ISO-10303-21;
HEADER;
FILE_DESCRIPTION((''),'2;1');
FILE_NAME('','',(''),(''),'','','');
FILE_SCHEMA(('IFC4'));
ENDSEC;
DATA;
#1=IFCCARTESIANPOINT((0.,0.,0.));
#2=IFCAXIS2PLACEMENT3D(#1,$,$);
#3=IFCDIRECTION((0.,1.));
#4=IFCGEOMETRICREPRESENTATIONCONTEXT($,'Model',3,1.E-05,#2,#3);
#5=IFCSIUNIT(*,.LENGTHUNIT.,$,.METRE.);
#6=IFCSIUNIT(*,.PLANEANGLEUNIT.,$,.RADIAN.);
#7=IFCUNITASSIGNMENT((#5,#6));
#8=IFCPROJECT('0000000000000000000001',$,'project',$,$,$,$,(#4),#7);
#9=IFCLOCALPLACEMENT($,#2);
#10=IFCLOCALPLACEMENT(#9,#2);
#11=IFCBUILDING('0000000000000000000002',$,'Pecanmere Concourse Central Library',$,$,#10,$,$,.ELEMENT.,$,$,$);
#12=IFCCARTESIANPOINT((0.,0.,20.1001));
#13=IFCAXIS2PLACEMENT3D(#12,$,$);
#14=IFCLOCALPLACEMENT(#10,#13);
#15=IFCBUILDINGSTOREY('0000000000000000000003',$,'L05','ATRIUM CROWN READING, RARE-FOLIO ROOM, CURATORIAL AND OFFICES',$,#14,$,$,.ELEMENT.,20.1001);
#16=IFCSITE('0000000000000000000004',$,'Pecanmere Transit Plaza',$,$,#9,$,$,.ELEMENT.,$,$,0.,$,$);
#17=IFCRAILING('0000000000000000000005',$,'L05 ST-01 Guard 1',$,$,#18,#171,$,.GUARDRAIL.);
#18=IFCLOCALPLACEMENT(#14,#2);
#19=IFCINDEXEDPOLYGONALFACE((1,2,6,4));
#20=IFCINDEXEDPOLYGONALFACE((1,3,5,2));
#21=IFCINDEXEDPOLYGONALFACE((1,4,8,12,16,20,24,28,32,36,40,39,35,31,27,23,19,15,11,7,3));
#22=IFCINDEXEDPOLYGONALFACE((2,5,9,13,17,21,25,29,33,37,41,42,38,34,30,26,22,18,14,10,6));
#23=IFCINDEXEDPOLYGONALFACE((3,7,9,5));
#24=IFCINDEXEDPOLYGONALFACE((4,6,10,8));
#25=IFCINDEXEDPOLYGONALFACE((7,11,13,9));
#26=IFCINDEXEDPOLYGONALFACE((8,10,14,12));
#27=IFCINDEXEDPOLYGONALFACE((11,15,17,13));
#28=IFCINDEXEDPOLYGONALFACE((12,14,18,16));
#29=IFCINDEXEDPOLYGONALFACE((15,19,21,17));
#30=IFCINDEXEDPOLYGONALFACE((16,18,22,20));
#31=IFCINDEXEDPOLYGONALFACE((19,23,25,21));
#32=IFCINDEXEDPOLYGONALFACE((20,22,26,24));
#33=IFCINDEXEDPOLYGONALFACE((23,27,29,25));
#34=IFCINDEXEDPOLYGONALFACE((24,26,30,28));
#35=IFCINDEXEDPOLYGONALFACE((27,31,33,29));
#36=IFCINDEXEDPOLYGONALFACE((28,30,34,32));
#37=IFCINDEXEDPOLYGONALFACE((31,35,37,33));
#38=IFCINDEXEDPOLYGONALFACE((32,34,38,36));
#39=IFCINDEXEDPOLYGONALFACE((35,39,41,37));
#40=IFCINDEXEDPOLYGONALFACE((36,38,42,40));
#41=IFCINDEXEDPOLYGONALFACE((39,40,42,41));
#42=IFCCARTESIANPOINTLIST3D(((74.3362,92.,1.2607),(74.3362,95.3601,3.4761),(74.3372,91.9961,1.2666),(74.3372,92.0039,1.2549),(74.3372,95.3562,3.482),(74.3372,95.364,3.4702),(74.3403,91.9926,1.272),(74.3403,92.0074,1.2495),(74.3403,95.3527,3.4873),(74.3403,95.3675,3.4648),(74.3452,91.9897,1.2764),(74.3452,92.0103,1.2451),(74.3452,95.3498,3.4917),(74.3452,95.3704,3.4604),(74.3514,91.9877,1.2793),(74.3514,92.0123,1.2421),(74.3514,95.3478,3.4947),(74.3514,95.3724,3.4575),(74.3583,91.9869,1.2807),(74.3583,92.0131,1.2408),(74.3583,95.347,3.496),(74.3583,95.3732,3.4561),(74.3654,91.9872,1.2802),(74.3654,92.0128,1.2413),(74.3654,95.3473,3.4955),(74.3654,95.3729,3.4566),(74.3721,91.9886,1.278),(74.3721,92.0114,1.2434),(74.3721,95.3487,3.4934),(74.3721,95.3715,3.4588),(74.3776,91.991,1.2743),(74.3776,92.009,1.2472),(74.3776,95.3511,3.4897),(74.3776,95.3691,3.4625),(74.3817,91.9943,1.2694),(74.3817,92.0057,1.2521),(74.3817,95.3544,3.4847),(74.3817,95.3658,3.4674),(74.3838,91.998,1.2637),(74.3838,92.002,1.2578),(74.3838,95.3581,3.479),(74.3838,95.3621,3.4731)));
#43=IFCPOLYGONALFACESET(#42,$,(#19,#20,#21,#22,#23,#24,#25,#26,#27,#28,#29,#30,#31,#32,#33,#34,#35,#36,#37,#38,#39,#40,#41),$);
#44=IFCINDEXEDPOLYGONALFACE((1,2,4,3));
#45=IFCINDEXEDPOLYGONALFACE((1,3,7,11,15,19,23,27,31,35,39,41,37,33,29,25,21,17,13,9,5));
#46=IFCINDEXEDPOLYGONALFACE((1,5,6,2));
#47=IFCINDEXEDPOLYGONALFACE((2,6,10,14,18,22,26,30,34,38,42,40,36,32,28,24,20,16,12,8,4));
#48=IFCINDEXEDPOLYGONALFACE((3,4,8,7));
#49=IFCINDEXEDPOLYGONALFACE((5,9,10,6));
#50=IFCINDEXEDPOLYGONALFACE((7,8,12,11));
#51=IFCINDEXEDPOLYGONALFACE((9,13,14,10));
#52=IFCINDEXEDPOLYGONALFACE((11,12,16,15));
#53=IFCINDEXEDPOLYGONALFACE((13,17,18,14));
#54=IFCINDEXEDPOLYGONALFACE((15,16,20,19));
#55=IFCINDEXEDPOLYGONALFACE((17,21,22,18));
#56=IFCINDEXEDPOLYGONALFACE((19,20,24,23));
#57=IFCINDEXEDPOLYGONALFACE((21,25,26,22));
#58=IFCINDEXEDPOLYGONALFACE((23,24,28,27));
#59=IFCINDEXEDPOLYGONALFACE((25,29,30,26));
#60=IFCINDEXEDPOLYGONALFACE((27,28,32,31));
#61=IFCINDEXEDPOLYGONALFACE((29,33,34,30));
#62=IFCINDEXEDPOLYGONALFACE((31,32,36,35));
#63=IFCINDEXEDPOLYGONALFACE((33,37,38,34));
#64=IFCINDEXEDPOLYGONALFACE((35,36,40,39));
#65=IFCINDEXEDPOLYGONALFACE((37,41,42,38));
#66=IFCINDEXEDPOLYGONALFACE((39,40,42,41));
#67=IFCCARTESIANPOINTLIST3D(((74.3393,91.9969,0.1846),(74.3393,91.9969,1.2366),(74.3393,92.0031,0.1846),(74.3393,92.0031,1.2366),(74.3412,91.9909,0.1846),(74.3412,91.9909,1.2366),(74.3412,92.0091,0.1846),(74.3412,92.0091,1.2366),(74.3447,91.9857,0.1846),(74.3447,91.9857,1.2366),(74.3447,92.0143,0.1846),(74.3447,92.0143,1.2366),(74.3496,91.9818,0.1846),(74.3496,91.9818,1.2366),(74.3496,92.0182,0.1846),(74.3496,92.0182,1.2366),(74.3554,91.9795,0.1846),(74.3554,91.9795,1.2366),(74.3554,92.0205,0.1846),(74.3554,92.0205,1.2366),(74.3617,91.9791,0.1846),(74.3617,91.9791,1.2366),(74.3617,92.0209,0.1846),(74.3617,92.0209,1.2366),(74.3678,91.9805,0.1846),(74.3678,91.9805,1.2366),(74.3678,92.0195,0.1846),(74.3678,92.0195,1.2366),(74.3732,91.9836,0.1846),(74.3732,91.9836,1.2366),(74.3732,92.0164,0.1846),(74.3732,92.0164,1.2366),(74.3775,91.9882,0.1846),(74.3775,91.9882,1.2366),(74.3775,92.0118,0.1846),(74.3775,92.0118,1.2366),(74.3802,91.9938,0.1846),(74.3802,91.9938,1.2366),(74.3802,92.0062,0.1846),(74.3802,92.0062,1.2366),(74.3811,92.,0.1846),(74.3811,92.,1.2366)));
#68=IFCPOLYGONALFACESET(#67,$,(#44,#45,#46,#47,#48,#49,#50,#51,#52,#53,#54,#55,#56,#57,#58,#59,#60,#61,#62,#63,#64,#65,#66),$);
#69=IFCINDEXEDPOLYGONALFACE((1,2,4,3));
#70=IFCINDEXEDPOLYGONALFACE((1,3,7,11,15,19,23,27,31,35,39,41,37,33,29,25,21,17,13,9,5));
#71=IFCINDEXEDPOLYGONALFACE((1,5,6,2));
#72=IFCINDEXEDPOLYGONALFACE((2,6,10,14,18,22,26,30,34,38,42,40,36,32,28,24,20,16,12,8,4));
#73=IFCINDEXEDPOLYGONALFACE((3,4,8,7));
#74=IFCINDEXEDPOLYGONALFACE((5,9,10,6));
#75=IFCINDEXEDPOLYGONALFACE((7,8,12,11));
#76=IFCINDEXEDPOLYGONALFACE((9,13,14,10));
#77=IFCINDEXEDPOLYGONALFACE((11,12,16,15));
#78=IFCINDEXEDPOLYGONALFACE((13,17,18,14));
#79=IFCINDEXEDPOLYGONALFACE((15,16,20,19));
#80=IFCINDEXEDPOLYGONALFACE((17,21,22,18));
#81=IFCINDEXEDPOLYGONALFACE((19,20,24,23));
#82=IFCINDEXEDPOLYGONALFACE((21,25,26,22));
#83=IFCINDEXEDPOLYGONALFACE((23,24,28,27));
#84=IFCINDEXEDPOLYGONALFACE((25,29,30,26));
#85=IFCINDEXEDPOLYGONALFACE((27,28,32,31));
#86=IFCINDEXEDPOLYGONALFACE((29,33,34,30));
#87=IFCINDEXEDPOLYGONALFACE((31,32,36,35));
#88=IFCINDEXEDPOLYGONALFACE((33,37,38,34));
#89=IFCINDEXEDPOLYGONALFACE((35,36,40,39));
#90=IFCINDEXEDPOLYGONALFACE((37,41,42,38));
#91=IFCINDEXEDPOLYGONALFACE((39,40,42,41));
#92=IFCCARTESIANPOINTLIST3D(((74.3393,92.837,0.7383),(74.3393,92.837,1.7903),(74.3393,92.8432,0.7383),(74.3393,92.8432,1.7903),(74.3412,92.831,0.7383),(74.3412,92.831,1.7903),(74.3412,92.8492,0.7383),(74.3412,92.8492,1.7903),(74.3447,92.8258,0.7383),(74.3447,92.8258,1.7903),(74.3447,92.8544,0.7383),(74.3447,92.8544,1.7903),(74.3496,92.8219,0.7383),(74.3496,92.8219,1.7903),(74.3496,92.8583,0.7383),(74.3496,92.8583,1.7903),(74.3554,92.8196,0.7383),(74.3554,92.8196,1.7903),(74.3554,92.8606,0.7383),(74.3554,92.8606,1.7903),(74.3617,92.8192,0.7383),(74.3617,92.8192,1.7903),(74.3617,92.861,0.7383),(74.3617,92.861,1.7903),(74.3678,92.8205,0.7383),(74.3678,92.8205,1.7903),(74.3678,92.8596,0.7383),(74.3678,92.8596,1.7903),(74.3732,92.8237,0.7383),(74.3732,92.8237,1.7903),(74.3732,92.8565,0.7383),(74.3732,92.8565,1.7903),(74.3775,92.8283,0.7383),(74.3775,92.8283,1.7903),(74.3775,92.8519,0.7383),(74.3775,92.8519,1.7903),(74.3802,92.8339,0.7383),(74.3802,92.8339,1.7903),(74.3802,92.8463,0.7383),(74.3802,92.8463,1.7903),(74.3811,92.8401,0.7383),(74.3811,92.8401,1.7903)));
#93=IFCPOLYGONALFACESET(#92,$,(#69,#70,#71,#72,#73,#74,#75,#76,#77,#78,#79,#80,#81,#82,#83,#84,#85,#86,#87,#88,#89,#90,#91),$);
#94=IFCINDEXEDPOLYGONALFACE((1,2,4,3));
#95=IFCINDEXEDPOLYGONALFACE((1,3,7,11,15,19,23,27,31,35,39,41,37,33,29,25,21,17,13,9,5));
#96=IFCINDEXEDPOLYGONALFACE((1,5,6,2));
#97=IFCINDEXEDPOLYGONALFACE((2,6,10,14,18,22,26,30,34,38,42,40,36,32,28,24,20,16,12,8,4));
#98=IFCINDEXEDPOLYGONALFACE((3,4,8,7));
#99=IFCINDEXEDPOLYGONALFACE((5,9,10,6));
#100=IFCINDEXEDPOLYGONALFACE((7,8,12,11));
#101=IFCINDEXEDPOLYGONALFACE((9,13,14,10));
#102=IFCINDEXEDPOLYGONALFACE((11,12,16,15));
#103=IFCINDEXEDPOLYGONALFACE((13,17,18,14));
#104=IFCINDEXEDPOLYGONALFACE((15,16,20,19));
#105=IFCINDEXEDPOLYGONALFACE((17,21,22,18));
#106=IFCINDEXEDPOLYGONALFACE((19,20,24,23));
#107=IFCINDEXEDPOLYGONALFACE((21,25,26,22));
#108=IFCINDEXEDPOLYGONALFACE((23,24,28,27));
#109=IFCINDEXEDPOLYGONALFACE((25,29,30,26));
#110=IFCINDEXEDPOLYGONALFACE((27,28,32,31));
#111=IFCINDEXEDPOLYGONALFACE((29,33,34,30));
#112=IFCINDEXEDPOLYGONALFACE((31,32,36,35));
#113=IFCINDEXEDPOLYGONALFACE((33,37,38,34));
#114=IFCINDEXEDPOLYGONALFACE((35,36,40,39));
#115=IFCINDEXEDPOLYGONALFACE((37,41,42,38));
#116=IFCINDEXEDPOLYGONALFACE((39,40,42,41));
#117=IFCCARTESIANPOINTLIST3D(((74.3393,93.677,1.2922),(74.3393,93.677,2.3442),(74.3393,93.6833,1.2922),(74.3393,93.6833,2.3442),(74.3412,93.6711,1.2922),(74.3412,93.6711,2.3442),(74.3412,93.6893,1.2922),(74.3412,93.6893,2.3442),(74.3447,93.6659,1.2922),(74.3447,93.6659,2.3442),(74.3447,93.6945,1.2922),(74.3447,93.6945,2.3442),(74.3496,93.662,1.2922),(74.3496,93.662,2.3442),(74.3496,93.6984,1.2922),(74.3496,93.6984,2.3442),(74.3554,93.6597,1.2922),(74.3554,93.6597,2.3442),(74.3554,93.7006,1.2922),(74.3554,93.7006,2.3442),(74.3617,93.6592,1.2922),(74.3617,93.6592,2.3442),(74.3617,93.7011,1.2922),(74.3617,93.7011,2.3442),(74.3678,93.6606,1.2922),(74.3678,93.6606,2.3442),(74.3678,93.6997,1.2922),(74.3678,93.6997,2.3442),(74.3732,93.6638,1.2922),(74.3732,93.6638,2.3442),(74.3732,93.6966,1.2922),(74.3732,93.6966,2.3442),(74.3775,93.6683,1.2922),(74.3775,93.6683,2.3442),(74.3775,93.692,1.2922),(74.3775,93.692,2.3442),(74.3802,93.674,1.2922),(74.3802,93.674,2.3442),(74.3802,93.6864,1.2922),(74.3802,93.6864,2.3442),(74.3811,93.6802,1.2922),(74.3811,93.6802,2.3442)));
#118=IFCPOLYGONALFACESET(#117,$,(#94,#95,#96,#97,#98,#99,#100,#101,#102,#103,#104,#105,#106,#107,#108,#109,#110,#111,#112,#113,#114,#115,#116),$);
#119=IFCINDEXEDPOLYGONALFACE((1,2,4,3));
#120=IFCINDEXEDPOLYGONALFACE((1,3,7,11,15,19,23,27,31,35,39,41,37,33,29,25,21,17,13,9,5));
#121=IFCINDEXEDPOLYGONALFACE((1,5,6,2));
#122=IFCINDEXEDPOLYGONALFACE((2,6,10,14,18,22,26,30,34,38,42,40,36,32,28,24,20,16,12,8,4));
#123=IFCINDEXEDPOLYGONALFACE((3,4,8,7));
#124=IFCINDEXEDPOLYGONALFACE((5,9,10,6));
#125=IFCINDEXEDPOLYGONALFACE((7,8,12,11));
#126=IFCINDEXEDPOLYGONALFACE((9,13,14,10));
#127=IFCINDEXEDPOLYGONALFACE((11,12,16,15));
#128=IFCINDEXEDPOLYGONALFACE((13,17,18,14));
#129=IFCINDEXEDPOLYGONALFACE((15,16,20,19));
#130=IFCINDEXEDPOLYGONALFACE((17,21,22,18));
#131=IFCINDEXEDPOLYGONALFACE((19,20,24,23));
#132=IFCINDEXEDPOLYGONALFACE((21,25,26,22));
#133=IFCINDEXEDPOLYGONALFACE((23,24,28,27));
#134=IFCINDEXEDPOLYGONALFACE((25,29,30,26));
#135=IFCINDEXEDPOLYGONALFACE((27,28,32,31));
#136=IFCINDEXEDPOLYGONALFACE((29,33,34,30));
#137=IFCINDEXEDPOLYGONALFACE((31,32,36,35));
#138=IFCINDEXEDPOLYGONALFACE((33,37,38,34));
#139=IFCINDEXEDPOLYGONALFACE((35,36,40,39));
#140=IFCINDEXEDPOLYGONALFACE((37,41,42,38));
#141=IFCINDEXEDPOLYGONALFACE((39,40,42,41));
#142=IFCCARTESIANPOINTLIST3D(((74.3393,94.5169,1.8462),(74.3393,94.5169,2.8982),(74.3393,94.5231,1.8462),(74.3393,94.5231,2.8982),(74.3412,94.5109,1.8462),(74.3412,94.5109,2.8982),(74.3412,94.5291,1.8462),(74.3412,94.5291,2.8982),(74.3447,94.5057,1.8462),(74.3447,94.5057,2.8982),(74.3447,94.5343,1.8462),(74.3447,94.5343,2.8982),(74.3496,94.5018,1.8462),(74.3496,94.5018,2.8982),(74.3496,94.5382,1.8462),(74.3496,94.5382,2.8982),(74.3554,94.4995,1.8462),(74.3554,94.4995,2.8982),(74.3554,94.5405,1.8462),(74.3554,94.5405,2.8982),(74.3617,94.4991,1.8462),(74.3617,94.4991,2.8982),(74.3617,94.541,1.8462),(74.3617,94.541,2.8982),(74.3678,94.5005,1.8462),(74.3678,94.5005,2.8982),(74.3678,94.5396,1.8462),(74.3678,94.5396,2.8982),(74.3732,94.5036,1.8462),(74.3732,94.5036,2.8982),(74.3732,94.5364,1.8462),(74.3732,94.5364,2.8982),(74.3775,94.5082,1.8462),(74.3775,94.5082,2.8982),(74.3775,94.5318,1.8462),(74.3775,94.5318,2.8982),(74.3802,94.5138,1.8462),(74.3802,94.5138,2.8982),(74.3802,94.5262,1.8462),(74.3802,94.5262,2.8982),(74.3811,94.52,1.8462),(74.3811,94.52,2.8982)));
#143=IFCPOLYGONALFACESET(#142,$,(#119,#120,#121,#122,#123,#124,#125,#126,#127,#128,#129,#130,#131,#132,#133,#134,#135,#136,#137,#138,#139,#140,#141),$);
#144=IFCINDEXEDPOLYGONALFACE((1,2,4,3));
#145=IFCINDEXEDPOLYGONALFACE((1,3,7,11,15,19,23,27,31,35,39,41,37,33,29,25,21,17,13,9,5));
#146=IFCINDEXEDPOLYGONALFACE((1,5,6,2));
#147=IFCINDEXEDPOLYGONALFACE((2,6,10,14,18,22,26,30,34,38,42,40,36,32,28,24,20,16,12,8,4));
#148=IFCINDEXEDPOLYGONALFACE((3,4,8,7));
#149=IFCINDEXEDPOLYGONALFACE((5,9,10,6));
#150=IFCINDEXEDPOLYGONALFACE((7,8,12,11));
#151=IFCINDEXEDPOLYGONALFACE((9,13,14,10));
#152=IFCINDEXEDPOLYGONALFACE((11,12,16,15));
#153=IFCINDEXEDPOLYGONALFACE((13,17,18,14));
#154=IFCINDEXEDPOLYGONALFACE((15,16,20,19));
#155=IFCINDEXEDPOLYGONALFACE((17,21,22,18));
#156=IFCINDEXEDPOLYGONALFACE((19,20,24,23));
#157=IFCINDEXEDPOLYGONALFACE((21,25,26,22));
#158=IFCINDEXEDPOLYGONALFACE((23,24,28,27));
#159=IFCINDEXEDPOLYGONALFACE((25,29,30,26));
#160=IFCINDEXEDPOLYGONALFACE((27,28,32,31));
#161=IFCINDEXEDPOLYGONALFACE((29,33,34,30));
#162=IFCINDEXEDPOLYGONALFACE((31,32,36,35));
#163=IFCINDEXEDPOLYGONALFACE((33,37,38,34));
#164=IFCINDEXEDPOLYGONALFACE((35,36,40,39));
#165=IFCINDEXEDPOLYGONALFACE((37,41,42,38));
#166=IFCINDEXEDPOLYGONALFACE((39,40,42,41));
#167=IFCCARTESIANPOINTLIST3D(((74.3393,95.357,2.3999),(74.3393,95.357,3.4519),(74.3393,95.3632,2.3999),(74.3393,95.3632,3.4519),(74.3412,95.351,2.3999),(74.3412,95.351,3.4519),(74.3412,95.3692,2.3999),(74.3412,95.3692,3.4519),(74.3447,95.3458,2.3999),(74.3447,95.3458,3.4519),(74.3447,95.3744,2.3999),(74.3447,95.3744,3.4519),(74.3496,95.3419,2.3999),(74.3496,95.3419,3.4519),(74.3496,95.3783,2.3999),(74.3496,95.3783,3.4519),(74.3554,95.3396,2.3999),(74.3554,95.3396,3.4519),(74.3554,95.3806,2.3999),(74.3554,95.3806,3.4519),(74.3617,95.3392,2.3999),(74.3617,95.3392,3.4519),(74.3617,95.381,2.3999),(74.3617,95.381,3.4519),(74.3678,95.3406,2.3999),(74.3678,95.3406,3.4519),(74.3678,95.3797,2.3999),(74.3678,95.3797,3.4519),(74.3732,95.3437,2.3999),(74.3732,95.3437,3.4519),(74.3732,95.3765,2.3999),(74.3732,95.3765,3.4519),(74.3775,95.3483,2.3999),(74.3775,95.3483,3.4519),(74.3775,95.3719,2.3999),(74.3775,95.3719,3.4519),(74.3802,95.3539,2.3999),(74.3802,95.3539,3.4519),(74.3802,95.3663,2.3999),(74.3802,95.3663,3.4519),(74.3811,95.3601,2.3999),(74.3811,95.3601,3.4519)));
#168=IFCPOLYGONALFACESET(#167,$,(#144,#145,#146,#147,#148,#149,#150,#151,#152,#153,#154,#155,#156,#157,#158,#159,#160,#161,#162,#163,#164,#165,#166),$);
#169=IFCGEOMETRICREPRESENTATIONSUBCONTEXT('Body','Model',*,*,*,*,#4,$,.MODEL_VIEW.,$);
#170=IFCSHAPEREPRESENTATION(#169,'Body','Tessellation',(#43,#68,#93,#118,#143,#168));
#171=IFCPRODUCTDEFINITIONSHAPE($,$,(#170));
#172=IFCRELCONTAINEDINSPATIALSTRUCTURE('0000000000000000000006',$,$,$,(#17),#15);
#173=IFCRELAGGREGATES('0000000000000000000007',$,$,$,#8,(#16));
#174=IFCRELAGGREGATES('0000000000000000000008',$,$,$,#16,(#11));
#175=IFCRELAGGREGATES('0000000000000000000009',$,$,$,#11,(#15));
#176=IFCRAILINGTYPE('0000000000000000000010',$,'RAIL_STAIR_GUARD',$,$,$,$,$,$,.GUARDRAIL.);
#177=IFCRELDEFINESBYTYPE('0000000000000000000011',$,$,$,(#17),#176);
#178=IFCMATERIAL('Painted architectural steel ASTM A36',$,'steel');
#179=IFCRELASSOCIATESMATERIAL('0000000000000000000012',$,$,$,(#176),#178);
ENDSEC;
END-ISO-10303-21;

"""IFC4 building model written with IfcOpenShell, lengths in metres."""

from ifc_helpers import new_model, si_unit, direction, frame, origin, origin_2d, place, context, subcontext, project, spatial, circle, extrude, material, type_object, element, save


model = new_model("IFC4")

# Units and contexts
model_context = context("Model", 3, precision=1e-05, world=origin(), true_north=direction((0.0, 1.0)))
body_context = subcontext(model_context, "Body", "Model", "MODEL_VIEW")
ifc_project = project(units=[si_unit("LENGTHUNIT", "METRE"), si_unit("PLANEANGLEUNIT", "RADIAN")], contexts=[model_context])

# Site, building, storey
site_placement = place(None, origin())
site = spatial("IfcSite", under=ifc_project, at=site_placement, Name="Pecanmere Transit Plaza", CompositionType="ELEMENT", RefElevation=0.0)
building_placement = place(site_placement, origin())
building = spatial("IfcBuilding", under=site, at=building_placement, Name="Pecanmere Concourse Central Library", CompositionType="ELEMENT")
storey_placement = place(building_placement, frame((0.0, 0.0, 20.1001)))
storey = spatial("IfcBuildingStorey", under=building, at=storey_placement, Name="L05", Description="ATRIUM CROWN READING, RARE-FOLIO ROOM, CURATORIAL AND OFFICES", CompositionType="ELEMENT", Elevation=20.1001)

# Railing
ifc_material_1 = material(Name="Painted architectural steel ASTM A36", Category="steel")
railing_type_1 = type_object("IfcRailingType", Name="RAIL_STAIR_GUARD", PredefinedType="GUARDRAIL", material=ifc_material_1)
railing_1_placement = place(storey_placement, frame((74.3601, 92.0, 0.1846)))
element("IfcRailing", 1, at=railing_1_placement, inside=storey, type_object=railing_type_1, Name="L05 ST-01 Guard 1", PredefinedType="GUARDRAIL", context=body_context, shape_type="SweptSolid", body=[
    extrude(circle(Radius=0.0239, at=origin_2d()), frame((0.0, 0.0, 1.0762), z_axis=(0.0, 0.834876, 0.550437), x_axis=(-1.0, 0.0, 0.0)), (0.0, 0.0, 1.0), 4.0247),
    extrude(circle(Radius=0.021, at=origin_2d()), origin(), (0.0, 0.0, 1.0), 1.052),
    extrude(circle(Radius=0.021, at=origin_2d()), frame((0.0, 0.8401, 0.5537)), (0.0, 0.0, 1.0), 1.052),
    extrude(circle(Radius=0.021, at=origin_2d()), frame((0.0, 1.6802, 1.1077)), (0.0, 0.0, 1.0), 1.052),
    extrude(circle(Radius=0.021, at=origin_2d()), frame((0.0, 2.52, 1.6616)), (0.0, 0.0, 1.0), 1.052),
    extrude(circle(Radius=0.021, at=origin_2d()), frame((0.0, 3.3601, 2.2153)), (0.0, 0.0, 1.0), 1.052),
])

save(model, "model.ifc")
